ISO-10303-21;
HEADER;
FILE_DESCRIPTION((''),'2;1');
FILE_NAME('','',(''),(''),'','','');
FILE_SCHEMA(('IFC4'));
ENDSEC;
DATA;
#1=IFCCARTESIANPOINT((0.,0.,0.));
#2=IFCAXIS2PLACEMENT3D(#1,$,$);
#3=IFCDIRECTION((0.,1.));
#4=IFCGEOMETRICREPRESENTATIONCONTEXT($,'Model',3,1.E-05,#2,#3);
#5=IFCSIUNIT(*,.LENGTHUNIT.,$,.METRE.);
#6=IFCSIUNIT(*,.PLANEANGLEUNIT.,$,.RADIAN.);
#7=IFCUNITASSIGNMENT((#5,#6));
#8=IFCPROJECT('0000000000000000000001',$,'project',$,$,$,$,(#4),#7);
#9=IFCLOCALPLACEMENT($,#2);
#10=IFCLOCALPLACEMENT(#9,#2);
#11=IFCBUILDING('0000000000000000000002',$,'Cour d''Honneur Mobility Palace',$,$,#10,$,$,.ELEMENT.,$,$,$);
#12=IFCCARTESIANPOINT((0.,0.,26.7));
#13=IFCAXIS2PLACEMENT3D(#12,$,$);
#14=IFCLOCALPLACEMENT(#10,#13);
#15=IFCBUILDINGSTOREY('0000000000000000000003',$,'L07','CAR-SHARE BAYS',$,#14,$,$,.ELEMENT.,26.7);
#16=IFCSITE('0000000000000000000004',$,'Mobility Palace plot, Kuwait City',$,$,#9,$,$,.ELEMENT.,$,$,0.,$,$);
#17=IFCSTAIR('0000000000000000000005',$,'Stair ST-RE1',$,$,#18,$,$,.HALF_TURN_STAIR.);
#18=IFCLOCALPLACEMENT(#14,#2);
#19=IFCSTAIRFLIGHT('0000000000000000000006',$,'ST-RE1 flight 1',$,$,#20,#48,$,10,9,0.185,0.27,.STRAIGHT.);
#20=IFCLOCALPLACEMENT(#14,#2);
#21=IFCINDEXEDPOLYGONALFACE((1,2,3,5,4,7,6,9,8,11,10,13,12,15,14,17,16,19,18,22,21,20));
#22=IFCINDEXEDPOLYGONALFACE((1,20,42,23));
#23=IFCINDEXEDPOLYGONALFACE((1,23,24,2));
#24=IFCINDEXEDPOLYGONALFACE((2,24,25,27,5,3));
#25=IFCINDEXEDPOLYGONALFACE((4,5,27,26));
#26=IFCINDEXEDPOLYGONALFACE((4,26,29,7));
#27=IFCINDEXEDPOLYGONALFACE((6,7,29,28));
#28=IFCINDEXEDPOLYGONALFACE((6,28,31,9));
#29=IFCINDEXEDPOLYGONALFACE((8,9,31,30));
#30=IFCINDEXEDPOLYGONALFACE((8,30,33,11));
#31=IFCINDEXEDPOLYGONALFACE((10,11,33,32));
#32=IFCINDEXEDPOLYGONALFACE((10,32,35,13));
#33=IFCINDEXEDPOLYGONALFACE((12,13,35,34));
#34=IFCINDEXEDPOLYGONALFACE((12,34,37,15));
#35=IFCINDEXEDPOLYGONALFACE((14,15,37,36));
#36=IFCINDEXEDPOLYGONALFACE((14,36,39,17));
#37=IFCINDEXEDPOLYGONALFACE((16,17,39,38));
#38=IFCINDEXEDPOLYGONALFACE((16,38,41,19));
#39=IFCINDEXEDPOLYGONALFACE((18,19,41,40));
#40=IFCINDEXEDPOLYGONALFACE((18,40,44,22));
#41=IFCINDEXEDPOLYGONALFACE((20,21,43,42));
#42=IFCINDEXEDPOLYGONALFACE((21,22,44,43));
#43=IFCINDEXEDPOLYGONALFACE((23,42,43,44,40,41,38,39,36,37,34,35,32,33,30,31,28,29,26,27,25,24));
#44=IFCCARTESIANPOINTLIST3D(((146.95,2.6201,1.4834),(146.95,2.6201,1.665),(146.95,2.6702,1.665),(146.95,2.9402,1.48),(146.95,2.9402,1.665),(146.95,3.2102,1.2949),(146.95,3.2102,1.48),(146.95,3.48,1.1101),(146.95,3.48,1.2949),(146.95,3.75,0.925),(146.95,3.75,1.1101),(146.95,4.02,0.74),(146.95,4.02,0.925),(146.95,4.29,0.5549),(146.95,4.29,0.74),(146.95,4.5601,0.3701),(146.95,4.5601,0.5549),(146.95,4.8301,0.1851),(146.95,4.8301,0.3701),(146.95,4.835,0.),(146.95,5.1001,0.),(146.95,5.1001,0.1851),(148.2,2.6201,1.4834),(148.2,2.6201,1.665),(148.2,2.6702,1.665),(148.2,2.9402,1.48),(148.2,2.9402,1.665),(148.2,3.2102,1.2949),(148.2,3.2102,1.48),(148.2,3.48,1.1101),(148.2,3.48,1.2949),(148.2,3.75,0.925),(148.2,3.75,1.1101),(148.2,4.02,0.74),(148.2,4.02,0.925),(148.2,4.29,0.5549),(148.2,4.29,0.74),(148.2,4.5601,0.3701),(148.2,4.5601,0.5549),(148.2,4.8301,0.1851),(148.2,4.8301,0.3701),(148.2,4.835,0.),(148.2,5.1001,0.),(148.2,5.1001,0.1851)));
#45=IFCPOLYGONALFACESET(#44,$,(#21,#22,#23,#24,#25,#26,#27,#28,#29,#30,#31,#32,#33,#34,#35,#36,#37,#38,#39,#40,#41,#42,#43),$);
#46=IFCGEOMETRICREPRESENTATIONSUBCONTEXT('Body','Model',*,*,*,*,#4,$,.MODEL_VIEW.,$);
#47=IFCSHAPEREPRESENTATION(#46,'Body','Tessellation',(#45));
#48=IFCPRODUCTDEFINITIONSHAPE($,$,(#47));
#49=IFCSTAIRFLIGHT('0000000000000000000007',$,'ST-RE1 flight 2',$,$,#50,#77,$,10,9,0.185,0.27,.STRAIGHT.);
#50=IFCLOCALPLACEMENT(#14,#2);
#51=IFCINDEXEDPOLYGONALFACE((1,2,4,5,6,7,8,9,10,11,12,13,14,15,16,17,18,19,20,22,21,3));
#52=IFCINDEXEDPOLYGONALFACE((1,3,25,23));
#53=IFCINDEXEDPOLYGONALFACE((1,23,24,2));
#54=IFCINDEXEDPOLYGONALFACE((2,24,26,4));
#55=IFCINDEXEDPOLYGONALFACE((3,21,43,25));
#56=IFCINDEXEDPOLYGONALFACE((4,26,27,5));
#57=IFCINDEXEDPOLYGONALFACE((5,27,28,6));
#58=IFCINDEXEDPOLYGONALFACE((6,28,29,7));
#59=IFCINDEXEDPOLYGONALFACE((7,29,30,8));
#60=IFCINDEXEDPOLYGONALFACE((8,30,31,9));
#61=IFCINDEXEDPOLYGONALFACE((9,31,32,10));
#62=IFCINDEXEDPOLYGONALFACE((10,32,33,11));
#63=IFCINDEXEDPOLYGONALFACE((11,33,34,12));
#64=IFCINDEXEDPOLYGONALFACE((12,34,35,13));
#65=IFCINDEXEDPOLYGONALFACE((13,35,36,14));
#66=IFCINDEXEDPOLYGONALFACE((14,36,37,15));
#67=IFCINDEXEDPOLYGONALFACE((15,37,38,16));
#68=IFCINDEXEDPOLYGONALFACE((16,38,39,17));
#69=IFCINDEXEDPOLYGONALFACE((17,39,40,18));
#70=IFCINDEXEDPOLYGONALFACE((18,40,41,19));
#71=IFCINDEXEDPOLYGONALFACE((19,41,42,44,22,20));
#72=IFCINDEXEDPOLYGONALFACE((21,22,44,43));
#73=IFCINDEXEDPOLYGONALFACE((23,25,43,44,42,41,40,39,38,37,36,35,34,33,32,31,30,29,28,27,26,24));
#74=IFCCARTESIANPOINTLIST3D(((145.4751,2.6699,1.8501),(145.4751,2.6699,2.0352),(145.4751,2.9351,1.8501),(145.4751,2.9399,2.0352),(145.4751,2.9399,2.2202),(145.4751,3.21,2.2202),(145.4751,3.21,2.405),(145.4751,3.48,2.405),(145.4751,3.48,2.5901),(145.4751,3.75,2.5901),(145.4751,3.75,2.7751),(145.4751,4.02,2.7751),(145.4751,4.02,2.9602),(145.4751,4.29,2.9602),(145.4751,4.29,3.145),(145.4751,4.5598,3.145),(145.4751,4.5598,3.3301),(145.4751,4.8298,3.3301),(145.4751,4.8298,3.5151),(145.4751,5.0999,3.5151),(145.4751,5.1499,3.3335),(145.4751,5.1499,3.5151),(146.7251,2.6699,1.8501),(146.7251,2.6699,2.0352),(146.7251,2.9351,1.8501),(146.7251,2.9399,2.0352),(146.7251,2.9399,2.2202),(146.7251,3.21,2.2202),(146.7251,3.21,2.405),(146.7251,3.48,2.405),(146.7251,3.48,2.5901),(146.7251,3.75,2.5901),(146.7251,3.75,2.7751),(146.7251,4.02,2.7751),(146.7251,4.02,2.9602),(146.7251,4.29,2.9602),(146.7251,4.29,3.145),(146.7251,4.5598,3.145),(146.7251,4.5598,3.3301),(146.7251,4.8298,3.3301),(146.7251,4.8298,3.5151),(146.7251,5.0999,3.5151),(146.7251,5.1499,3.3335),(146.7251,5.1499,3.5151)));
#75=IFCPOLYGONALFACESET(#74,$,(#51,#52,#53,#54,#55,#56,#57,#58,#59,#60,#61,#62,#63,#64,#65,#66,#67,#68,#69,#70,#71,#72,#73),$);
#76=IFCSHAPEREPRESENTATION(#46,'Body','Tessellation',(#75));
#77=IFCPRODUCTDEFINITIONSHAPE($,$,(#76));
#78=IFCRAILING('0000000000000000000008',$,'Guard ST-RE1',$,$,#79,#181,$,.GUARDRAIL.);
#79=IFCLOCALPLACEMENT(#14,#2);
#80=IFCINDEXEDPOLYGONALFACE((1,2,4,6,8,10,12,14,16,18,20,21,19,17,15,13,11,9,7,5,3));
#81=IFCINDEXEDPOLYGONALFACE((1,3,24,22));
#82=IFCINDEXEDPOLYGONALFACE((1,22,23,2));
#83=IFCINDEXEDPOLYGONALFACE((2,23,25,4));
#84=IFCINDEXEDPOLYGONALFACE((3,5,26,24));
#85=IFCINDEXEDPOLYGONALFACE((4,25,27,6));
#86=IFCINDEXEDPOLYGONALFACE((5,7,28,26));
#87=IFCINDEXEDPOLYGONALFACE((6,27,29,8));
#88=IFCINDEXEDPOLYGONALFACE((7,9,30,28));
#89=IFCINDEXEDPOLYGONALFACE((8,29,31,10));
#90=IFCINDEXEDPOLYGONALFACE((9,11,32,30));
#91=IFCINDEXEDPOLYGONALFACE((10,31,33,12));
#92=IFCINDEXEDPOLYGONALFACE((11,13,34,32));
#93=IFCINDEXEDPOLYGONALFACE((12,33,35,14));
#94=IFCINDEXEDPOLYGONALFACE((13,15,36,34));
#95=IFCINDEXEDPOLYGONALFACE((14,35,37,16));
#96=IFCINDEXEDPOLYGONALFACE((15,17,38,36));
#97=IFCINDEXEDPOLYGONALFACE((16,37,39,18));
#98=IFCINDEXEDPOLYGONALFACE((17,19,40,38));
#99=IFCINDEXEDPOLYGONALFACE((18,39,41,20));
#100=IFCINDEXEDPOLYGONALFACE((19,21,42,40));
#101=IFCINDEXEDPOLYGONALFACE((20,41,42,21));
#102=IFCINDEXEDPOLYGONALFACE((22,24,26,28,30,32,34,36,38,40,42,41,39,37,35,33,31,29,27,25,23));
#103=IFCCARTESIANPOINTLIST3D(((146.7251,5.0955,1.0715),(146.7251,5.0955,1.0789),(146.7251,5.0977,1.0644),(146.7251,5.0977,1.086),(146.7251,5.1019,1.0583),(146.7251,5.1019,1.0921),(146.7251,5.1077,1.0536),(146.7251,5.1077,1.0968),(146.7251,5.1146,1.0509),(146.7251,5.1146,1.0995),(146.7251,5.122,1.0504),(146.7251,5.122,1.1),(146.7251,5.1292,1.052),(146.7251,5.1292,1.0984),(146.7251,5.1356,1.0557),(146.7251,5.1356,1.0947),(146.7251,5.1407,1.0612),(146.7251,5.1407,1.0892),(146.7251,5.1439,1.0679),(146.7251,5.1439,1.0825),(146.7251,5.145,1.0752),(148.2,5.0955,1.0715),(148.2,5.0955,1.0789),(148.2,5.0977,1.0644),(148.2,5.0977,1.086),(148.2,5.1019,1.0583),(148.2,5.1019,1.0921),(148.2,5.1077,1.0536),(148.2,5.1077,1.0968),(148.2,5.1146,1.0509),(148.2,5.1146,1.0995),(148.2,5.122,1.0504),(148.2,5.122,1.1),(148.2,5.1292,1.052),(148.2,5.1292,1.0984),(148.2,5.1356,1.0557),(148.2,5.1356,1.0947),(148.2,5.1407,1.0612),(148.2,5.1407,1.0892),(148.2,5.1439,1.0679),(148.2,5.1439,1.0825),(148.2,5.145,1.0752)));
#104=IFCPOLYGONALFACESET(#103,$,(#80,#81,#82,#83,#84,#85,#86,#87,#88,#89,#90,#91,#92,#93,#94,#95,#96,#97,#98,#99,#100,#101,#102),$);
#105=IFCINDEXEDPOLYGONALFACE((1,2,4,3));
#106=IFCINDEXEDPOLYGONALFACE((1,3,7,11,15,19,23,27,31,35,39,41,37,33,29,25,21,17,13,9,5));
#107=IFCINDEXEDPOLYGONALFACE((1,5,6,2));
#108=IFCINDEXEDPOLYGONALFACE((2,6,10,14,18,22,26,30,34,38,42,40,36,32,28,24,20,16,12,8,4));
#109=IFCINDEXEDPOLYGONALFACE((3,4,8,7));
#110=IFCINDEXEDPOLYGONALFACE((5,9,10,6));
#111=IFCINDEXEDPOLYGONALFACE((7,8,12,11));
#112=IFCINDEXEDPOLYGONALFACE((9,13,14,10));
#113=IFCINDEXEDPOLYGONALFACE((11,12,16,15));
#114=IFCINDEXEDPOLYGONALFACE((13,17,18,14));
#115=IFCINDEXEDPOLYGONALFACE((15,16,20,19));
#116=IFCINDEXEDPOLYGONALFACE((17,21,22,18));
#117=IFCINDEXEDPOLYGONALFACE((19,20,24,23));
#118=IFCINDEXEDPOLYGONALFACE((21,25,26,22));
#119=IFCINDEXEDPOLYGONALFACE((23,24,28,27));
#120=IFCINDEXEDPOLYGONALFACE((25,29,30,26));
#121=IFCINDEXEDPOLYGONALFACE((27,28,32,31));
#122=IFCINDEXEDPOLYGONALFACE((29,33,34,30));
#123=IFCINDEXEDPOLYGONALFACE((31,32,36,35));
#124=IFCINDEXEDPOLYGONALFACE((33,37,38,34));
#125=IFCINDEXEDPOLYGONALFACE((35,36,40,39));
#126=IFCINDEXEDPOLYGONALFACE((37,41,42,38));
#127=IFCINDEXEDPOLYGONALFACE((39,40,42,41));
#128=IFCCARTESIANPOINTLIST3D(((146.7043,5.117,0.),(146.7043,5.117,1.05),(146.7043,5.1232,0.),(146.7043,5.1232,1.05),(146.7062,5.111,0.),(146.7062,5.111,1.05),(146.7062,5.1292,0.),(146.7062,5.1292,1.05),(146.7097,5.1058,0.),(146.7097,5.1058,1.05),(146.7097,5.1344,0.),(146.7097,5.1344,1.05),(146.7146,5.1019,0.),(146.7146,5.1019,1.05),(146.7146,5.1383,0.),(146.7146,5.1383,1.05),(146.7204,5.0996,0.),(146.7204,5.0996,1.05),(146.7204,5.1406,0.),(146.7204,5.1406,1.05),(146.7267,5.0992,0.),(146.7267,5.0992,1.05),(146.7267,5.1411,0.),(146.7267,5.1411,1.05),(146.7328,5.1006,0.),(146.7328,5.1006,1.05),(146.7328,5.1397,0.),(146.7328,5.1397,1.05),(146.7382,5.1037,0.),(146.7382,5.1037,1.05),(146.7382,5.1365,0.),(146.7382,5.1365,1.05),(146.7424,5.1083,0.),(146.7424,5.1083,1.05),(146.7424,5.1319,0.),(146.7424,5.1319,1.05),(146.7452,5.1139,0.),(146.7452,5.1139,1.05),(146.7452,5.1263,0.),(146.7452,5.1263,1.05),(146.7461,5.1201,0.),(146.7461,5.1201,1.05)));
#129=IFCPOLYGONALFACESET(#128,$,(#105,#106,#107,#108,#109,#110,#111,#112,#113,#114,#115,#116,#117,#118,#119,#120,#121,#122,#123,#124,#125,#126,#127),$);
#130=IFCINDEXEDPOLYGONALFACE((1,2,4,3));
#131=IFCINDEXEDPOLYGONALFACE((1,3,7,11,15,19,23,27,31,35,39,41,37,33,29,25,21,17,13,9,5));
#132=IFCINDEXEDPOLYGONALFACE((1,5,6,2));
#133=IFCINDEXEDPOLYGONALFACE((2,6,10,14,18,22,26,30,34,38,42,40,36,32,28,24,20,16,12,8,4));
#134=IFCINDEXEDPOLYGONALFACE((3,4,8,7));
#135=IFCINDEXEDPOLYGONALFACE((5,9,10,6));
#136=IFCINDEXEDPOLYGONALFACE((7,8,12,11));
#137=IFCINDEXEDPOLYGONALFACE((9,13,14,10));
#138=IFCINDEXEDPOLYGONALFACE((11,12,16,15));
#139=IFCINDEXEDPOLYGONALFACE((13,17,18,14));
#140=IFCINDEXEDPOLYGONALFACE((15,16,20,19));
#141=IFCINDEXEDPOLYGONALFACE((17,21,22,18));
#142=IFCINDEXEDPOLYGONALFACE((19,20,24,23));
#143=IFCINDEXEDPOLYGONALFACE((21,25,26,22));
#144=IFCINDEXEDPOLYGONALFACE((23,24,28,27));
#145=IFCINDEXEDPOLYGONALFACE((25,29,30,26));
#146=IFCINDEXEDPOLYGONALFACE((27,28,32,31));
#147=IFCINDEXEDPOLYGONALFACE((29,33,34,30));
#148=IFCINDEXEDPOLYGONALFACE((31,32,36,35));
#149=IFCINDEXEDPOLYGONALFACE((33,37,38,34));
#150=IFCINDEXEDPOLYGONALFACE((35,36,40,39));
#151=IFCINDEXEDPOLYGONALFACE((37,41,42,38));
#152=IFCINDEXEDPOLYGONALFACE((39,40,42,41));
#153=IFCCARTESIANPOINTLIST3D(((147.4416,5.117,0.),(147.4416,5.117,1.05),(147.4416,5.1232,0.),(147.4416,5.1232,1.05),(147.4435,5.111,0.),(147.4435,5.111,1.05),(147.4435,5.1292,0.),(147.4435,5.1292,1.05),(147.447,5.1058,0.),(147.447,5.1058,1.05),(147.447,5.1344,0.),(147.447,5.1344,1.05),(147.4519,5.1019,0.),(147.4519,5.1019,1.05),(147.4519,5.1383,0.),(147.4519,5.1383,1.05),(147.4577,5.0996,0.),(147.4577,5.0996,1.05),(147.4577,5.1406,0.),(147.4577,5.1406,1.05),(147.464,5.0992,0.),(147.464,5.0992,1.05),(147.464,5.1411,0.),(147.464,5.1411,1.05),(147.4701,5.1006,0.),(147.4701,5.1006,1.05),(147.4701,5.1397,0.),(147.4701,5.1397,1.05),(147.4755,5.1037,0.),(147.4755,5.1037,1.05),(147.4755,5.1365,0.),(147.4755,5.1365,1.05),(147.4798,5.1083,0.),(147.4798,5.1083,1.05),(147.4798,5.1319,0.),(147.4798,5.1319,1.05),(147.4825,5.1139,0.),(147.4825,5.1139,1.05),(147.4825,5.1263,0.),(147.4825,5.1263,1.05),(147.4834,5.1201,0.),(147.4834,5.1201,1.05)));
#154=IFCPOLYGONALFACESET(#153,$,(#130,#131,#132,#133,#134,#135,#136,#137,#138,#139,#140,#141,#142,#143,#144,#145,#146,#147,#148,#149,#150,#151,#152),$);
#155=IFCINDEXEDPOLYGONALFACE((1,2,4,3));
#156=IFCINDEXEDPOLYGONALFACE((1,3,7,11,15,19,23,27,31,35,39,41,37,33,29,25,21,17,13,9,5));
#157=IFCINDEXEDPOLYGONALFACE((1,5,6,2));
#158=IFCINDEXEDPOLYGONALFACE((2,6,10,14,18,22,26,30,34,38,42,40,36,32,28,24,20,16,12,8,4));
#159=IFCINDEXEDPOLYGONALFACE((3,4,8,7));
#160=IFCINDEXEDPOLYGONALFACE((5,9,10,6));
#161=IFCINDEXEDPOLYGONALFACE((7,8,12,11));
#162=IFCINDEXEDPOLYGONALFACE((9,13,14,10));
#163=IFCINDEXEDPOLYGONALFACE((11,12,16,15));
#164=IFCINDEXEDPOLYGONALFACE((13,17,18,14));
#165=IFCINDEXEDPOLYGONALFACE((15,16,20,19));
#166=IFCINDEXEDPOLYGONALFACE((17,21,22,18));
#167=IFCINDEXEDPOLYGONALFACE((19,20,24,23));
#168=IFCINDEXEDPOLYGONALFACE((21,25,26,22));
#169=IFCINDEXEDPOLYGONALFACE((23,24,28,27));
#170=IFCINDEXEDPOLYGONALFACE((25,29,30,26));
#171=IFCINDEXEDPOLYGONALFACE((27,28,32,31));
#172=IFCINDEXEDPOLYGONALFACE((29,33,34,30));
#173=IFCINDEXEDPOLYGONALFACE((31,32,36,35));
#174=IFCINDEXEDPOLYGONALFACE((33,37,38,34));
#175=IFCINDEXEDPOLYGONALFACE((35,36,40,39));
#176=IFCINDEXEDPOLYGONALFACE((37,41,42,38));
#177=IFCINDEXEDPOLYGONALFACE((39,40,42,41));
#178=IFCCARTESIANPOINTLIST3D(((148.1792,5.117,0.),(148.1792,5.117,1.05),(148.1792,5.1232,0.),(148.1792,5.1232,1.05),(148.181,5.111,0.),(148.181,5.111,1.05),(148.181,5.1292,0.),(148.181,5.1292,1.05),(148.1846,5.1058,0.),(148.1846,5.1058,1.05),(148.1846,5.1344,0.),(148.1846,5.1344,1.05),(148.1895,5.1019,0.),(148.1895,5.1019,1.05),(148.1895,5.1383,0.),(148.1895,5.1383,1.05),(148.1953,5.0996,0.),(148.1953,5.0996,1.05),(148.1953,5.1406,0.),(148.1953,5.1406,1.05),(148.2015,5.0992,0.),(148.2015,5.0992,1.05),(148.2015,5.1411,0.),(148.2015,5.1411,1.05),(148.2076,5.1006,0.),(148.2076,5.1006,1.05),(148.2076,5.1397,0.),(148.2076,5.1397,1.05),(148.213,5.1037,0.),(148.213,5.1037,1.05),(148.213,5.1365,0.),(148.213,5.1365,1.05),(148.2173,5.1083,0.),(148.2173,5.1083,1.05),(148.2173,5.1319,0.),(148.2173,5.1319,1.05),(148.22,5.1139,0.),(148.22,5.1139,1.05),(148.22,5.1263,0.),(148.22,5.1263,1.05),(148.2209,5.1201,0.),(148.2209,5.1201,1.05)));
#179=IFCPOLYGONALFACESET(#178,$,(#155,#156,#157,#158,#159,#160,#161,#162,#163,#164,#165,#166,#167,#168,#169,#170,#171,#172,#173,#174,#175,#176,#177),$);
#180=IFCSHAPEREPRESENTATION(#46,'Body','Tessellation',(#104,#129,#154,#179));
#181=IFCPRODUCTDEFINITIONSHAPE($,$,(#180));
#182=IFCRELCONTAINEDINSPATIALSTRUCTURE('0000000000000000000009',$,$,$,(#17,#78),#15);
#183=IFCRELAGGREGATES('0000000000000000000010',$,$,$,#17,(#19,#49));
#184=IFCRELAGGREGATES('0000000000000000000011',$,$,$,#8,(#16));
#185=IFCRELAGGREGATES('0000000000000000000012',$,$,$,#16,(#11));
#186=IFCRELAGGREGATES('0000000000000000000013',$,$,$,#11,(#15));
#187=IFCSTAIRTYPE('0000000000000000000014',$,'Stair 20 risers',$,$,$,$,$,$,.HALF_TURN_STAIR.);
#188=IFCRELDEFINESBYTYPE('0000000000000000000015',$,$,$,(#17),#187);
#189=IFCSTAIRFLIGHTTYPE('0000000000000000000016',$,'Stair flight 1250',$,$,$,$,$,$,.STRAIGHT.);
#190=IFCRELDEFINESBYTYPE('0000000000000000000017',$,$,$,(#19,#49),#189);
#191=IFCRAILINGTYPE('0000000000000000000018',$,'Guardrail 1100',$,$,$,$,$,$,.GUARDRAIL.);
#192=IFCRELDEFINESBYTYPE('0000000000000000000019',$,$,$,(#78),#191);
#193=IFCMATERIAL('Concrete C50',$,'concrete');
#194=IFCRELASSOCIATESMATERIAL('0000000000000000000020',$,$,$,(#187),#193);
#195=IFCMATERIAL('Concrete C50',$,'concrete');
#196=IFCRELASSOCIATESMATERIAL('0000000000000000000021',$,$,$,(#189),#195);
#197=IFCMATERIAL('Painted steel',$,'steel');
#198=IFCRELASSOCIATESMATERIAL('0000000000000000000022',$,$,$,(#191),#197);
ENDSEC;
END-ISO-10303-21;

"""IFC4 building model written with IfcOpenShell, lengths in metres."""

from ifc_helpers import new_model, si_unit, direction, frame, origin, origin_2d, place, context, subcontext, project, spatial, polyline, circle, outline, extrude, material, type_object, element, aggregate, save


model = new_model("IFC4")

# Units and contexts
model_context = context("Model", 3, precision=1e-05, world=origin(), true_north=direction((0.0, 1.0)))
body_context = subcontext(model_context, "Body", "Model", "MODEL_VIEW")
ifc_project = project(units=[si_unit("LENGTHUNIT", "METRE"), si_unit("PLANEANGLEUNIT", "RADIAN")], contexts=[model_context])

# Site, building, storey
site_placement = place(None, origin())
site = spatial("IfcSite", under=ifc_project, at=site_placement, Name="Mobility Palace plot, Kuwait City", CompositionType="ELEMENT", RefElevation=0.0)
building_placement = place(site_placement, origin())
building = spatial("IfcBuilding", under=site, at=building_placement, Name="Cour d'Honneur Mobility Palace", CompositionType="ELEMENT")
storey_placement = place(building_placement, frame((0.0, 0.0, 26.7)))
storey = spatial("IfcBuildingStorey", under=building, at=storey_placement, Name="L07", Description="CAR-SHARE BAYS", CompositionType="ELEMENT", Elevation=26.7)

# Stair, stair flights
ifc_material_1 = material(Name="Concrete C50", Category="concrete")
stair_type = type_object("IfcStairType", Name="Stair 20 risers", PredefinedType="HALF_TURN_STAIR", material=ifc_material_1)
stair_placement = place(storey_placement, origin())
stair = element("IfcStair", 1, at=stair_placement, inside=storey, type_object=stair_type, Name="Stair ST-RE1", PredefinedType="HALF_TURN_STAIR")
ifc_material_2 = material(Name="Concrete C50", Category="concrete")
stair_flight_type = type_object("IfcStairFlightType", Name="Stair flight 1250", PredefinedType="STRAIGHT", material=ifc_material_2)
stair_flight_1_placement = place(storey_placement, frame((147.575, 5.1001, 0.0), z_axis=(0.0, 0.0, 1.0), x_axis=(0.0, -1.0, 0.0)))
stair_flight_1 = element("IfcStairFlight", 2, at=stair_flight_1_placement, type_object=stair_flight_type, Name="ST-RE1 flight 1", NumberOfRisers=10, NumberOfTreads=9, PredefinedType="STRAIGHT", RiserHeight=0.185, TreadLength=0.27, context=body_context, shape_type="SweptSolid", body=[
    extrude(outline(polyline([(0.0, 0.0), (0.0, 0.1851), (0.27, 0.1851), (0.27, 0.3701), (0.54, 0.3701), (0.54, 0.5549), (0.8101, 0.5549), (0.8101, 0.74), (1.0801, 0.74), (1.0801, 0.925), (1.3501, 0.925), (1.3501, 1.1101), (1.6201, 1.1101), (1.6201, 1.2949), (1.8899, 1.2949), (1.8899, 1.48), (2.1599, 1.48), (2.1599, 1.665), (2.4299, 1.665), (2.48, 1.665), (2.48, 1.4834), (0.2651, 0.0), (0.0, 0.0)])), frame((0.0, 0.625, 0.0), z_axis=(0.0, -1.0, 0.0), x_axis=(1.0, 0.0, 0.0)), (0.0, 0.0, 1.0), 1.25),
])
stair_flight_2_placement = place(storey_placement, frame((146.1001, 2.6699, 1.8501), z_axis=(0.0, 0.0, 1.0), x_axis=(0.0, 1.0, 0.0)))
stair_flight_2 = element("IfcStairFlight", 3, at=stair_flight_2_placement, type_object=stair_flight_type, Name="ST-RE1 flight 2", NumberOfRisers=10, NumberOfTreads=9, PredefinedType="STRAIGHT", RiserHeight=0.185, TreadLength=0.27, context=body_context, shape_type="SweptSolid", body=[
    extrude(outline(polyline([(0.0, 0.0), (0.0, 0.1851), (0.27, 0.1851), (0.27, 0.3701), (0.54, 0.3701), (0.54, 0.5549), (0.8101, 0.5549), (0.8101, 0.74), (1.0801, 0.74), (1.0801, 0.925), (1.3501, 0.925), (1.3501, 1.1101), (1.6201, 1.1101), (1.6201, 1.2949), (1.8899, 1.2949), (1.8899, 1.48), (2.1599, 1.48), (2.1599, 1.665), (2.4299, 1.665), (2.48, 1.665), (2.48, 1.4834), (0.2651, 0.0), (0.0, 0.0)])), frame((0.0, 0.625, 0.0), z_axis=(0.0, -1.0, 0.0), x_axis=(1.0, 0.0, 0.0)), (0.0, 0.0, 1.0), 1.25),
])
aggregate(stair, [stair_flight_1, stair_flight_2])

# Railing
ifc_material_3 = material(Name="Painted steel", Category="steel")
railing_type_1 = type_object("IfcRailingType", Name="Guardrail 1100", PredefinedType="GUARDRAIL", material=ifc_material_3)
railing_1_placement = place(storey_placement, frame((146.7251, 5.1201, 0.0)))
element("IfcRailing", 4, at=railing_1_placement, inside=storey, type_object=railing_type_1, Name="Guard ST-RE1", PredefinedType="GUARDRAIL", context=body_context, shape_type="SweptSolid", body=[
    extrude(circle(Radius=0.0249, at=origin_2d()), frame((0.0, 0.0, 1.0752), z_axis=(1.0, 0.0, 0.0), x_axis=(0.0, 1.0, 0.0)), (0.0, 0.0, 1.0), 1.4749),
    extrude(circle(Radius=0.021, at=origin_2d()), origin(), (0.0, 0.0, 1.0), 1.05),
    extrude(circle(Radius=0.021, at=origin_2d()), frame((0.7373, 0.0, 0.0)), (0.0, 0.0, 1.0), 1.05),
    extrude(circle(Radius=0.021, at=origin_2d()), frame((1.4749, 0.0, 0.0)), (0.0, 0.0, 1.0), 1.05),
])

save(model, "model.ifc")
